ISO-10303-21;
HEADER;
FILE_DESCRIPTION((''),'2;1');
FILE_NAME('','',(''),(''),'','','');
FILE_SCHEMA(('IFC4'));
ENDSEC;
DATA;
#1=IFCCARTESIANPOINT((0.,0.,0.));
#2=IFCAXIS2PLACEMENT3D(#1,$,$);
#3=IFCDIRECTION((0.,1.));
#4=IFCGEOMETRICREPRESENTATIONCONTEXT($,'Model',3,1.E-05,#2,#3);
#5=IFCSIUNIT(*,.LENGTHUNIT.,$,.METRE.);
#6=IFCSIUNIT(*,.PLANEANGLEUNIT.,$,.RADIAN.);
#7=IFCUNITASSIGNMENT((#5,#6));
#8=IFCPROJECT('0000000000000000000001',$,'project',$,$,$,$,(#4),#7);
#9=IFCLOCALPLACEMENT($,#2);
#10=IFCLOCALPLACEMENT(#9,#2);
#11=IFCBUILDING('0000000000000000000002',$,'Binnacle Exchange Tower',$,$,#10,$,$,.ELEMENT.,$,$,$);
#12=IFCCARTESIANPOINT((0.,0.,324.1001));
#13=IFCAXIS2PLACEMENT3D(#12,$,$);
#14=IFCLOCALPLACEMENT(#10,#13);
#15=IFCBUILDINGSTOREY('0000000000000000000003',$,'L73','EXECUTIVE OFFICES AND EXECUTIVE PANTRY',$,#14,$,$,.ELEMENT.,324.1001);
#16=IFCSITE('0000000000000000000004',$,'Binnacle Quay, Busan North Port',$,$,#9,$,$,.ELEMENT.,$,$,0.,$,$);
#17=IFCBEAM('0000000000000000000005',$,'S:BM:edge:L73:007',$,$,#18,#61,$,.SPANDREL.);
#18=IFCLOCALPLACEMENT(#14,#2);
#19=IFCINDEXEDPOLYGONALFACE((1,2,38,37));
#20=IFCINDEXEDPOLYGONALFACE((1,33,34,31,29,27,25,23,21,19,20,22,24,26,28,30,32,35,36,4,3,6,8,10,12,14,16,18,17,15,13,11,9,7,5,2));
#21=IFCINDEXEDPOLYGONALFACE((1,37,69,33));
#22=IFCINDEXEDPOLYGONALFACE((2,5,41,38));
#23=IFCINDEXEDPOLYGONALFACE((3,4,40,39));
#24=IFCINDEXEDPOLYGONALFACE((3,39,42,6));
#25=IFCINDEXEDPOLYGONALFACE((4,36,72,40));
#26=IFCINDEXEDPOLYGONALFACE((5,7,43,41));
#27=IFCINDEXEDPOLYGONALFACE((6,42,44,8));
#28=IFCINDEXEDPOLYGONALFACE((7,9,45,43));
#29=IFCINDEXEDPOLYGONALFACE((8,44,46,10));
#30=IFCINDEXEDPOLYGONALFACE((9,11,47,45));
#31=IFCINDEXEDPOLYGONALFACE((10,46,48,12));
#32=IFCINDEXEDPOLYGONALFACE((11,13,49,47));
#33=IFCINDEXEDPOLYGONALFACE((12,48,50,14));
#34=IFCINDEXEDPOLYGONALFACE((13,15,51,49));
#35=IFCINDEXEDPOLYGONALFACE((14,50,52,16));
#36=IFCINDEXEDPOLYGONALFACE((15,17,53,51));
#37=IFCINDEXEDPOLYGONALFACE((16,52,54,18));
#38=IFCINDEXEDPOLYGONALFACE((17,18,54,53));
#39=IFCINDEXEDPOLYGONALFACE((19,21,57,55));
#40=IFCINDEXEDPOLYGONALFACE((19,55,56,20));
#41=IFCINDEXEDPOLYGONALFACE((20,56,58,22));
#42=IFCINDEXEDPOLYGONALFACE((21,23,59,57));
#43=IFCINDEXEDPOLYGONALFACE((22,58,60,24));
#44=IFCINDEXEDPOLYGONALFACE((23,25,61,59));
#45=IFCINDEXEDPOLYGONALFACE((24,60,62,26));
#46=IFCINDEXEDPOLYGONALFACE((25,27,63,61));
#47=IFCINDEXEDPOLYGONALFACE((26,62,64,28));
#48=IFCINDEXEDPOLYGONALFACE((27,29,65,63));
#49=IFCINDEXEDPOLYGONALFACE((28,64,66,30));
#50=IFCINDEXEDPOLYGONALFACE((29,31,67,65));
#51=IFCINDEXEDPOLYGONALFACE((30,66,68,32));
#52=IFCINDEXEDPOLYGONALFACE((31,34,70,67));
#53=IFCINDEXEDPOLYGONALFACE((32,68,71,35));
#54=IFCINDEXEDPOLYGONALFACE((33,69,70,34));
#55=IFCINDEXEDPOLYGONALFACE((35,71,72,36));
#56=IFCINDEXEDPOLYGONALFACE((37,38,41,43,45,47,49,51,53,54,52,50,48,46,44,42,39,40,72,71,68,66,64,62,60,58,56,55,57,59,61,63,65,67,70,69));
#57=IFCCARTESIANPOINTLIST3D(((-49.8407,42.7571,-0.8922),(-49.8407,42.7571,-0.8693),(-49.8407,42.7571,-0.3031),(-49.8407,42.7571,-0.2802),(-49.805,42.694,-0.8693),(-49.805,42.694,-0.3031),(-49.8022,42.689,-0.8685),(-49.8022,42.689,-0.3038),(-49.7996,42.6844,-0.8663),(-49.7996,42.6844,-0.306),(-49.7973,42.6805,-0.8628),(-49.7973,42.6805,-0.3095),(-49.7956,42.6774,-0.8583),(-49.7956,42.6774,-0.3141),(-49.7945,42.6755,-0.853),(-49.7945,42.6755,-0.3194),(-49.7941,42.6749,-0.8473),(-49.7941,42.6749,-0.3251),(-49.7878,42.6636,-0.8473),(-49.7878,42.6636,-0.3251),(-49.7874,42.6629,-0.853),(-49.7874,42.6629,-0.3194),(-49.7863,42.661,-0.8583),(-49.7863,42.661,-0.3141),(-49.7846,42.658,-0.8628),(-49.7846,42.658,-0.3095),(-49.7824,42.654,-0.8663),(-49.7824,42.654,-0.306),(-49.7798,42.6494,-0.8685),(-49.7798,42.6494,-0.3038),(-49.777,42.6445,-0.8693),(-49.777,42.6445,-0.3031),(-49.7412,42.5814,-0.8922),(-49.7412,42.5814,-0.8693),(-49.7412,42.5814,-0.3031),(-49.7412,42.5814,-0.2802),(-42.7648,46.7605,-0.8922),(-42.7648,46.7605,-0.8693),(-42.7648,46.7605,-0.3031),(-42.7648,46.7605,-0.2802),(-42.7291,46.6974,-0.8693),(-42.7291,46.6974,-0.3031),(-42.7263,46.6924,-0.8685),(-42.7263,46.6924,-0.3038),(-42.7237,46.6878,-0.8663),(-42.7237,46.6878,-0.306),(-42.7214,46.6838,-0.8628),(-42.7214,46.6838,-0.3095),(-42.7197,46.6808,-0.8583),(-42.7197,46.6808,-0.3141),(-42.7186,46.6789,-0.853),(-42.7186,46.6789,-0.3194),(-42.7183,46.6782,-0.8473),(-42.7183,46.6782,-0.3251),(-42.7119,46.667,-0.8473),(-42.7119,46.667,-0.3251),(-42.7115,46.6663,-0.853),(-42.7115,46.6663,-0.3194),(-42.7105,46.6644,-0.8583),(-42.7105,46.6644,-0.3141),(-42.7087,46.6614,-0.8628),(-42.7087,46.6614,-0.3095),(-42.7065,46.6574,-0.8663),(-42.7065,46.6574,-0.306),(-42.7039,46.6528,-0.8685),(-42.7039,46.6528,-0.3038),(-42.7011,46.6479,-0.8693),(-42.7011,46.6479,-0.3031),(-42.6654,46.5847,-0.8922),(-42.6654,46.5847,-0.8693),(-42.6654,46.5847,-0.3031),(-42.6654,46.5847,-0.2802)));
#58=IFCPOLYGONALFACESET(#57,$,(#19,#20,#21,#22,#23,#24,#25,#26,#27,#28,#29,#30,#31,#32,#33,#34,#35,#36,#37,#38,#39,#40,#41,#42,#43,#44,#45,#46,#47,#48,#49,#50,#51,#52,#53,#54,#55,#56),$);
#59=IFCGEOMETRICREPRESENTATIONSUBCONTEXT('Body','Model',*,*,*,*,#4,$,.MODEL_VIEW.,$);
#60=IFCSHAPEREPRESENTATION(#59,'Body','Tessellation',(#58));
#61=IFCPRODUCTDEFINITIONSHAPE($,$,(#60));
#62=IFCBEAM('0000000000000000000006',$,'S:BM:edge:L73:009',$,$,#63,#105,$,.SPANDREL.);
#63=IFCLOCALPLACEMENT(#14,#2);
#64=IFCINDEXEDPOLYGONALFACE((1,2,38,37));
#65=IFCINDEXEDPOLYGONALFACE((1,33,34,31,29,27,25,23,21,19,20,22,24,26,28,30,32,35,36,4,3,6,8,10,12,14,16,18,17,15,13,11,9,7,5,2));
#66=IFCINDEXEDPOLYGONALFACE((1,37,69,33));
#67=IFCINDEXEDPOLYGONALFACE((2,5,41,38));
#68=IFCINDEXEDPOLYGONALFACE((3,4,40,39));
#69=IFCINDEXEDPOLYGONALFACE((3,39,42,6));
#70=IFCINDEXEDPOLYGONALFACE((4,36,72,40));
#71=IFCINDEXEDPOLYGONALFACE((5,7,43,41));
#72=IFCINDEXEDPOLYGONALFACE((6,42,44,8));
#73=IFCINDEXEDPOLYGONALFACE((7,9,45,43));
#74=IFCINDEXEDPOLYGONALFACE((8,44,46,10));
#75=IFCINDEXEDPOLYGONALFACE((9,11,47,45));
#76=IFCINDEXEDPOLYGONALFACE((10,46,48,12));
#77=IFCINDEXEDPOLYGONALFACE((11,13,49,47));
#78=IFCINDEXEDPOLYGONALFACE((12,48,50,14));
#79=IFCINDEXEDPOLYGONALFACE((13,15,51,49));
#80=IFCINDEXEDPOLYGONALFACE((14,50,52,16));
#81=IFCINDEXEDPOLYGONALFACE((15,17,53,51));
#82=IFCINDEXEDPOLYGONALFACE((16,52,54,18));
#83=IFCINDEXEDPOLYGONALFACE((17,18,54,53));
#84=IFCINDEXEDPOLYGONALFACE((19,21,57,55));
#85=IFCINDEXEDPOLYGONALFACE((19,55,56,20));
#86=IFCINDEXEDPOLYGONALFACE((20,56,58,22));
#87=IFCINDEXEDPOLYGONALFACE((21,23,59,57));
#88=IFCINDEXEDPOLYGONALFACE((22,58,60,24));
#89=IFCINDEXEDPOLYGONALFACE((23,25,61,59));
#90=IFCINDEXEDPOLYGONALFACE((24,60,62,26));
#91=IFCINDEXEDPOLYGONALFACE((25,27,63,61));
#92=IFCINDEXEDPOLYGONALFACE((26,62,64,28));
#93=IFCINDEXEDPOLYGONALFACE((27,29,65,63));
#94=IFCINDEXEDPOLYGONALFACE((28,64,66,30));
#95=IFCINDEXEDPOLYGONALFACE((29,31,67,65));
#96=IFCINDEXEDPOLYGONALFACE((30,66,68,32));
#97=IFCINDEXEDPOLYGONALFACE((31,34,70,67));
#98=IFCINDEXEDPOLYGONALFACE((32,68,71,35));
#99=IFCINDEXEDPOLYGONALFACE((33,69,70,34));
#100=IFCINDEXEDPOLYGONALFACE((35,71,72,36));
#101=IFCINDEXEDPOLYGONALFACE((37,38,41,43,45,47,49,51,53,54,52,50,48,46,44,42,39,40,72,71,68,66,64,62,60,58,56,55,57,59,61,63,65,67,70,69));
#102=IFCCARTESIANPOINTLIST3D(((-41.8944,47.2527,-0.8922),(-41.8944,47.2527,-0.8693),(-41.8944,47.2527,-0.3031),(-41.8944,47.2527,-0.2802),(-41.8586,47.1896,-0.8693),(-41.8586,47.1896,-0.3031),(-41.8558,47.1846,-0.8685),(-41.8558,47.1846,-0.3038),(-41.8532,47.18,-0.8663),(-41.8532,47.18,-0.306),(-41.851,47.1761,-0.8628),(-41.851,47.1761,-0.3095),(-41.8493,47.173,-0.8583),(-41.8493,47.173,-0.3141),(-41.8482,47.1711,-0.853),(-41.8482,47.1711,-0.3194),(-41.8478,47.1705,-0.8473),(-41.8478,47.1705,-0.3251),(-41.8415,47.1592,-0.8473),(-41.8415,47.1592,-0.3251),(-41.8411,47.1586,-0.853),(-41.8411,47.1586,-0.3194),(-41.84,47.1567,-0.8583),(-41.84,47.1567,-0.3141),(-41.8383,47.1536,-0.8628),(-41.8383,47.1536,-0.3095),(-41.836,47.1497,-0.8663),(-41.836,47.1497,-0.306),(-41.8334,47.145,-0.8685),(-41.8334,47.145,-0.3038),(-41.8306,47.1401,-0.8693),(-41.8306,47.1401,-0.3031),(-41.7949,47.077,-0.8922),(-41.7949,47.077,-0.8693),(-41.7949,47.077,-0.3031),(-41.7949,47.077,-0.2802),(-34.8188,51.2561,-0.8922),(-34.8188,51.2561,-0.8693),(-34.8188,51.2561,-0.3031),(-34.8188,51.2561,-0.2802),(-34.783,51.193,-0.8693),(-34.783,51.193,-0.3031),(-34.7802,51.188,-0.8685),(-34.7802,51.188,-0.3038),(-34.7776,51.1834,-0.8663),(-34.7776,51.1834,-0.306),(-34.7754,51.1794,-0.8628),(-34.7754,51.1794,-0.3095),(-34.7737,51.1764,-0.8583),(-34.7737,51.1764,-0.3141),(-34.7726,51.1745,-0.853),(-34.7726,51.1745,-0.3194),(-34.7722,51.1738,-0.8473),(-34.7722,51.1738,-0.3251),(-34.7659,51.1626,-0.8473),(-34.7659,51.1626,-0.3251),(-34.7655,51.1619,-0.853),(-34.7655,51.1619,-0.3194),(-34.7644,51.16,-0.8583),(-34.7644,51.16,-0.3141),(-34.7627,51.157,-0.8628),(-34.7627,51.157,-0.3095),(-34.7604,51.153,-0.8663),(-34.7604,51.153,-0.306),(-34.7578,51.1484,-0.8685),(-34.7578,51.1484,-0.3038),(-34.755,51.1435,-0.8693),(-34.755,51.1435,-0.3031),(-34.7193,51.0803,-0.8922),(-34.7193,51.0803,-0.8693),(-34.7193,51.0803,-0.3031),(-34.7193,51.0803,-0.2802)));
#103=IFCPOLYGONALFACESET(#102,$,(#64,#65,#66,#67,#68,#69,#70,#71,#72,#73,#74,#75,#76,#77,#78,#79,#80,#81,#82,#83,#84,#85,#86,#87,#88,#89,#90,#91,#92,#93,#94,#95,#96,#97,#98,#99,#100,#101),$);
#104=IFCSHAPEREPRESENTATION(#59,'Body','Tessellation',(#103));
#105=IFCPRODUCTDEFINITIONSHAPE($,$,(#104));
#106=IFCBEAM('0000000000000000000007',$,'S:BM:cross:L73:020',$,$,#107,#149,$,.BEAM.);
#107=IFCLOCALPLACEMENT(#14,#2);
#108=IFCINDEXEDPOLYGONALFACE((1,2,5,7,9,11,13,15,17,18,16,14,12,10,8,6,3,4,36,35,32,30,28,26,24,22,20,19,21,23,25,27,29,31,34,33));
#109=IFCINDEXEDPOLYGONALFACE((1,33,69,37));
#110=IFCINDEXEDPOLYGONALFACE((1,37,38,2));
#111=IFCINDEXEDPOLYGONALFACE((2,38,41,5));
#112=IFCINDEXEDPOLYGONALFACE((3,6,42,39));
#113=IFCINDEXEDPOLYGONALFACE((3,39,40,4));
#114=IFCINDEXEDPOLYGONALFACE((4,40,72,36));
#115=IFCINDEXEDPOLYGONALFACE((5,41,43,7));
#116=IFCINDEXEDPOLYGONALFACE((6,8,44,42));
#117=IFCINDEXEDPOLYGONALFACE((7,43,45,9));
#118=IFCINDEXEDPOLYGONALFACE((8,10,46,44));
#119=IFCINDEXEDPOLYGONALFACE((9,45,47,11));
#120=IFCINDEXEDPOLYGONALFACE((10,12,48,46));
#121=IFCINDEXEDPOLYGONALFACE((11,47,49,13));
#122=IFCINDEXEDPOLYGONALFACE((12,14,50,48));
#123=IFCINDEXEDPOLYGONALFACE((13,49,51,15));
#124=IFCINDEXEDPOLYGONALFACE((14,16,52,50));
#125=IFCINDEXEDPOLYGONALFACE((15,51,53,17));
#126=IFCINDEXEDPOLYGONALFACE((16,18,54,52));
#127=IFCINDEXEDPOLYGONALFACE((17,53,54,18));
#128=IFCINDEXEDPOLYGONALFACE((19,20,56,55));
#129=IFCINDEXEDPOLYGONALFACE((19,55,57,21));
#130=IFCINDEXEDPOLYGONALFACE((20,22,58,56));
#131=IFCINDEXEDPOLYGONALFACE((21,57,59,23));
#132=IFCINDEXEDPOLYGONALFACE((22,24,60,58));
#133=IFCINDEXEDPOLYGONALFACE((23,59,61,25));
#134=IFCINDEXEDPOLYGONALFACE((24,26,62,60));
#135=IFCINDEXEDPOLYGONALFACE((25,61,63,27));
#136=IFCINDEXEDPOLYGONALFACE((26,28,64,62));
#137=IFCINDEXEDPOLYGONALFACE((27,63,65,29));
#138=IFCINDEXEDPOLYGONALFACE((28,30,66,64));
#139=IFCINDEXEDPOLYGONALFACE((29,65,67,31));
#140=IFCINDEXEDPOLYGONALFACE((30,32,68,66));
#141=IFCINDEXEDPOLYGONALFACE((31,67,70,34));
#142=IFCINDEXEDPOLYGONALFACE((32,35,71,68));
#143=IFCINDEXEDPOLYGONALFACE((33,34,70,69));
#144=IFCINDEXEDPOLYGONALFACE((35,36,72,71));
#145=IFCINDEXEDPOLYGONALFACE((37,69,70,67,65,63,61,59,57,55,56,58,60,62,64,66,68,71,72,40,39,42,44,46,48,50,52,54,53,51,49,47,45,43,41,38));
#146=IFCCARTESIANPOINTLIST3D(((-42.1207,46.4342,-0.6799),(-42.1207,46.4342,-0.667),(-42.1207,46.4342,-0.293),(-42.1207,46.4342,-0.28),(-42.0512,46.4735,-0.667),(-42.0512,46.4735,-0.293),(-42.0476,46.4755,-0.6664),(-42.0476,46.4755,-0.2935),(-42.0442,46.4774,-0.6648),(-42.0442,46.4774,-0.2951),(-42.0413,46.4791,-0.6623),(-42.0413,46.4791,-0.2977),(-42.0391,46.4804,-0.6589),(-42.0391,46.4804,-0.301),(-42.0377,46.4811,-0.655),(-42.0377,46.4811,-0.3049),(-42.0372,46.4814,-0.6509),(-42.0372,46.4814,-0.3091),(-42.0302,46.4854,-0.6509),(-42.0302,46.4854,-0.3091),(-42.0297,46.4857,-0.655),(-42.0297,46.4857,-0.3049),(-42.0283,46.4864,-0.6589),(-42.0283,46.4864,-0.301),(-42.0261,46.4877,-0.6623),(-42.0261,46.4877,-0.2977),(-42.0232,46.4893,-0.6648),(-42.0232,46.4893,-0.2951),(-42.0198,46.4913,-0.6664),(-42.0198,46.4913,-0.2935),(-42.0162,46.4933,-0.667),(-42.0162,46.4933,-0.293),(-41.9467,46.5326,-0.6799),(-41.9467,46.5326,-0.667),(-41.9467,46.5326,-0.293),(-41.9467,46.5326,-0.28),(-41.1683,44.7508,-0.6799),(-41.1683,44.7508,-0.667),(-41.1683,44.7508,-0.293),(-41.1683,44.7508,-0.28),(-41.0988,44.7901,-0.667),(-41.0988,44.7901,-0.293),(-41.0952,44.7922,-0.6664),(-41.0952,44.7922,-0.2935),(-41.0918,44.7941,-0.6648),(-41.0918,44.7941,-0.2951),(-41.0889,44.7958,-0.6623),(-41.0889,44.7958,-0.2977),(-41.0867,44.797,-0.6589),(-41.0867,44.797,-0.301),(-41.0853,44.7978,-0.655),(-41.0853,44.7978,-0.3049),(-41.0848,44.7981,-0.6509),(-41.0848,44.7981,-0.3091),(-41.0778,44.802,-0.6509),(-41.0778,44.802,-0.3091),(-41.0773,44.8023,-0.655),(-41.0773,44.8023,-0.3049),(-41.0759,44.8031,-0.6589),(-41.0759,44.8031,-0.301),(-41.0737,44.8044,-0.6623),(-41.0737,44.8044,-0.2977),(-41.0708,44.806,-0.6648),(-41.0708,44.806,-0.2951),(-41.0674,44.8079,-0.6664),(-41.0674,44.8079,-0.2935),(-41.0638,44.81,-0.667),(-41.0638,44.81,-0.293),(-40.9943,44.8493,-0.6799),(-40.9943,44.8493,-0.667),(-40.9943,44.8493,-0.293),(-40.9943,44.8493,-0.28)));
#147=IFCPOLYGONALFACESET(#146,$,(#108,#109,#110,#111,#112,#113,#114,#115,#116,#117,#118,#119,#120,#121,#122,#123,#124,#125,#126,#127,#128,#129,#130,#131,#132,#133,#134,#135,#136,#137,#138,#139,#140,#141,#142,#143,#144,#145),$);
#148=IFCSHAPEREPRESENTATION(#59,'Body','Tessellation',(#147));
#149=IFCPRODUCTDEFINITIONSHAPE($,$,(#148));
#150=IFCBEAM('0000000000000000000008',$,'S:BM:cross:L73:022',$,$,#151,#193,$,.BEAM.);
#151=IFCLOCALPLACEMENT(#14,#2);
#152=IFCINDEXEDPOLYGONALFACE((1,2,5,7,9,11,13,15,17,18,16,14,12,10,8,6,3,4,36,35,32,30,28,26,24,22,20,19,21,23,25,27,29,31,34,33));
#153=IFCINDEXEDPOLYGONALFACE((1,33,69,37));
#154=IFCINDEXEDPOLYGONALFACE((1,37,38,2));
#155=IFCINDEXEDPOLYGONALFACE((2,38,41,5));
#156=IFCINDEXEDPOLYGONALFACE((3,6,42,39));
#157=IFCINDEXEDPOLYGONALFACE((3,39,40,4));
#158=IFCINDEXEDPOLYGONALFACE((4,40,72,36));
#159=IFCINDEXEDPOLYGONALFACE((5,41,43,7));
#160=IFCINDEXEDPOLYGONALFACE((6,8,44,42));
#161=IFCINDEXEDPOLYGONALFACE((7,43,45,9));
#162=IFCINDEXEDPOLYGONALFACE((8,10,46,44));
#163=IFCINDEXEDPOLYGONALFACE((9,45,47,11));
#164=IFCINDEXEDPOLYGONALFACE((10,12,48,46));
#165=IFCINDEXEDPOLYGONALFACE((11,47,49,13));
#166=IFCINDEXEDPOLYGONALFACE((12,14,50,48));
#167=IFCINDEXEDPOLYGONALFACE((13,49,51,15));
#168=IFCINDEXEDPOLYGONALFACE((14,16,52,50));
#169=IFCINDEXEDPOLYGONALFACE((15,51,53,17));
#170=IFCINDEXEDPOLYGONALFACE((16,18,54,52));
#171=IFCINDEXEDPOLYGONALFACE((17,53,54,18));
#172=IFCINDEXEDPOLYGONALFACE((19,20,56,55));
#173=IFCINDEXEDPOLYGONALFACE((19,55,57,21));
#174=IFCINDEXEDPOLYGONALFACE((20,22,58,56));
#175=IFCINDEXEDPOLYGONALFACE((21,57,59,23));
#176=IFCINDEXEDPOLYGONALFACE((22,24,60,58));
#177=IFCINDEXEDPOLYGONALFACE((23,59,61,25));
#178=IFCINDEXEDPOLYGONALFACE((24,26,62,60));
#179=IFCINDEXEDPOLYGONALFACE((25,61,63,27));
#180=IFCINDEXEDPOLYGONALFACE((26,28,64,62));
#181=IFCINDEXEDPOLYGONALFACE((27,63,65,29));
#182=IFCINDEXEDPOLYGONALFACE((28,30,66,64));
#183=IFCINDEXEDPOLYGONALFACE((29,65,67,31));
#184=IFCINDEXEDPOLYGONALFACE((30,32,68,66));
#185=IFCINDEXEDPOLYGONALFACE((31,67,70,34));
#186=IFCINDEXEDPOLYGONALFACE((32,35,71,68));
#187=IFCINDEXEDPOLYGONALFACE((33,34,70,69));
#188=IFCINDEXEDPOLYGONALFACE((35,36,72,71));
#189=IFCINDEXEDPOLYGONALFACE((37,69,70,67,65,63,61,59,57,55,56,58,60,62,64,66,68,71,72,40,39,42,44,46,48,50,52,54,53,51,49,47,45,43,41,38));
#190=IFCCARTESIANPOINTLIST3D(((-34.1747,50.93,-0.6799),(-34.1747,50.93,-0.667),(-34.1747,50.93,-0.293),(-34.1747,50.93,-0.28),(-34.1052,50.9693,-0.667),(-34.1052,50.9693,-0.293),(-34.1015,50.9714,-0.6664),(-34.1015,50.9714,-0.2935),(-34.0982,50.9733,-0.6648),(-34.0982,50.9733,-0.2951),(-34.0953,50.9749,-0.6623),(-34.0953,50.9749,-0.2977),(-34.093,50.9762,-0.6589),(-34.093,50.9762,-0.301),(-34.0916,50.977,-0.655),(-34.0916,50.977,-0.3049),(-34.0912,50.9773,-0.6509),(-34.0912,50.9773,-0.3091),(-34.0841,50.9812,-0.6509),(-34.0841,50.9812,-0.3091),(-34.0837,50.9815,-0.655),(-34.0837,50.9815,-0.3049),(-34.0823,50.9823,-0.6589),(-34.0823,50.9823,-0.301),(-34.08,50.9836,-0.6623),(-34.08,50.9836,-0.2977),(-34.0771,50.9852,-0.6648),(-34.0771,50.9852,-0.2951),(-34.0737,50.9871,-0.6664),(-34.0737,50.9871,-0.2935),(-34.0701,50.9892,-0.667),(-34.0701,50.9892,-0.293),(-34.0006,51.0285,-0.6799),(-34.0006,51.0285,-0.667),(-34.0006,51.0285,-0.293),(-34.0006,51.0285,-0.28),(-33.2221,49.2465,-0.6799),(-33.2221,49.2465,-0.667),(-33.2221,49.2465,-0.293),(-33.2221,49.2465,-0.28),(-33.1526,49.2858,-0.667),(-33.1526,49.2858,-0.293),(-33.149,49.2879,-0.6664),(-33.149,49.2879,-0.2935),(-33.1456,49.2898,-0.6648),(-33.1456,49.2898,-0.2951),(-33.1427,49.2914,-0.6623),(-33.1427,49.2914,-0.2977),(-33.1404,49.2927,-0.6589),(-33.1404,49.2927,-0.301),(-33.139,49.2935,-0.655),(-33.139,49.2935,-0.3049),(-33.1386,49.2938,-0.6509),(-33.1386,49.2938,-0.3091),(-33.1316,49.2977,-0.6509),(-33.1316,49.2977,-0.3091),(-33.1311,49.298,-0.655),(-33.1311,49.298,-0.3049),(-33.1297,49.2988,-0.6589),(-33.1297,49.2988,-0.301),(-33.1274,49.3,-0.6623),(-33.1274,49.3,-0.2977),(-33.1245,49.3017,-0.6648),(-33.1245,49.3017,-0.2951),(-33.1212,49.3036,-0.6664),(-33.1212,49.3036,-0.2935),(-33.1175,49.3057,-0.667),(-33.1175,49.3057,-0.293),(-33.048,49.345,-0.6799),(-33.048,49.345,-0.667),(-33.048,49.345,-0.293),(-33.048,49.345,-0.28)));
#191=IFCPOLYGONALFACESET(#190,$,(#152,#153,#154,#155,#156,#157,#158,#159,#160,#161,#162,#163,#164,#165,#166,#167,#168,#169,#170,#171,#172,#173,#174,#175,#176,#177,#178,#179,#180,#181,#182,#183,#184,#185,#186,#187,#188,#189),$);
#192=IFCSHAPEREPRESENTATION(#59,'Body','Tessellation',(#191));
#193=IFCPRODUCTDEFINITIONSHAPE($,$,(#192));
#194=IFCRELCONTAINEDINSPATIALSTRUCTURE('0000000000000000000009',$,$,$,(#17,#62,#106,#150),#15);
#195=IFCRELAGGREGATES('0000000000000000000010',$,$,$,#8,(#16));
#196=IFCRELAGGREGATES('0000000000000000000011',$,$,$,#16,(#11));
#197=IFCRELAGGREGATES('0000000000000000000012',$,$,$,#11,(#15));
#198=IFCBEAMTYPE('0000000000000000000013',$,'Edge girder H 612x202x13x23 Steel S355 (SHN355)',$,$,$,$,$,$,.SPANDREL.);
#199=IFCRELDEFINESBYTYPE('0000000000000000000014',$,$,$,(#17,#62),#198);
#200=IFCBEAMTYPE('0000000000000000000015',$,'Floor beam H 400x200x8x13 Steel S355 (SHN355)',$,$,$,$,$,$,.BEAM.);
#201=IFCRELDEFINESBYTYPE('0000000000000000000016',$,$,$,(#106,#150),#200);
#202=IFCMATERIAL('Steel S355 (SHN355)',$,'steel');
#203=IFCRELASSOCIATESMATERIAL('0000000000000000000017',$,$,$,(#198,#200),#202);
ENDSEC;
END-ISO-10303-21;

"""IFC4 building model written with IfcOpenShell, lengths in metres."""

from ifc_helpers import new_model, si_unit, direction, frame, origin, origin_2d, place, context, subcontext, project, spatial, i_section, extrude, material, material_profile, profile_set, type_object, element, save


model = new_model("IFC4")

# Units and contexts
model_context = context("Model", 3, precision=1e-05, world=origin(), true_north=direction((0.0, 1.0)))
body_context = subcontext(model_context, "Body", "Model", "MODEL_VIEW")
ifc_project = project(units=[si_unit("LENGTHUNIT", "METRE"), si_unit("PLANEANGLEUNIT", "RADIAN")], contexts=[model_context])

# Site, building, storey
site_placement = place(None, origin())
site = spatial("IfcSite", under=ifc_project, at=site_placement, Name="Binnacle Quay, Busan North Port", CompositionType="ELEMENT", RefElevation=0.0)
building_placement = place(site_placement, origin())
building = spatial("IfcBuilding", under=site, at=building_placement, Name="Binnacle Exchange Tower", CompositionType="ELEMENT")
storey_placement = place(building_placement, frame((0.0, 0.0, 324.1001)))
storey = spatial("IfcBuildingStorey", under=building, at=storey_placement, Name="L73", Description="EXECUTIVE OFFICES AND EXECUTIVE PANTRY", CompositionType="ELEMENT", Elevation=324.1001)

# Beams
ifc_material_1 = material(Name="Steel S355 (SHN355)", Category="steel")
ifc_material_profile_1 = material_profile(ifc_material_1, i_section(OverallWidth=0.2019, OverallDepth=0.6121, WebThickness=0.0129, FlangeThickness=0.0229, FilletRadius=0.022, at=origin_2d()), Name="H 612x202x13x23")
ifc_profile_set_1 = profile_set([ifc_material_profile_1], Name="Steel S355 (SHN355)")
beam_type_1 = type_object("IfcBeamType", Name="Edge girder H 612x202x13x23 Steel S355 (SHN355)", PredefinedType="SPANDREL", material=ifc_profile_set_1)
beam_1_placement = place(storey_placement, frame((-42.7151, 46.6726, -0.5862), z_axis=(-0.870353, -0.492428, 0.0), x_axis=(0.492428, -0.870353, 0.0)))
element("IfcBeam", 1, at=beam_1_placement, inside=storey, type_object=beam_type_1, Name="S:BM:edge:L73:007", PredefinedType="SPANDREL", context=body_context, shape_type="SweptSolid", body=[
    extrude(i_section(OverallWidth=0.2019, OverallDepth=0.6121, WebThickness=0.0129, FlangeThickness=0.0229, FilletRadius=0.022, at=origin_2d()), origin(), (0.0, 0.0, 1.0), 8.1299),
])
beam_2_placement = place(storey_placement, frame((-34.769, 51.1682, -0.5862), z_axis=(-0.870346, -0.492441, 0.0), x_axis=(0.492441, -0.870346, 0.0)))
element("IfcBeam", 2, at=beam_2_placement, inside=storey, type_object=beam_type_1, Name="S:BM:edge:L73:009", PredefinedType="SPANDREL", context=body_context, shape_type="SweptSolid", body=[
    extrude(i_section(OverallWidth=0.2019, OverallDepth=0.6121, WebThickness=0.0129, FlangeThickness=0.0229, FilletRadius=0.022, at=origin_2d()), origin(), (0.0, 0.0, 1.0), 8.1296),
])
ifc_material_profile_2 = material_profile(ifc_material_1, i_section(OverallWidth=0.2, OverallDepth=0.3999, WebThickness=0.0081, FlangeThickness=0.0129, FilletRadius=0.0161, at=origin_2d()), Name="H 400x200x8x13")
ifc_profile_set_2 = profile_set([ifc_material_profile_2], Name="Steel S355 (SHN355)")
beam_type_2 = type_object("IfcBeamType", Name="Floor beam H 400x200x8x13 Steel S355 (SHN355)", PredefinedType="BEAM", material=ifc_profile_set_2)
beam_3_placement = place(storey_placement, frame((-42.0337, 46.4834, -0.48), z_axis=(0.492423, -0.870356, 0.0), x_axis=(0.870356, 0.492423, 0.0)))
element("IfcBeam", 3, at=beam_3_placement, inside=storey, type_object=beam_type_2, Name="S:BM:cross:L73:020", PredefinedType="BEAM", context=body_context, shape_type="SweptSolid", body=[
    extrude(i_section(OverallWidth=0.2, OverallDepth=0.3999, WebThickness=0.0081, FlangeThickness=0.0129, FilletRadius=0.0161, at=origin_2d()), origin(), (0.0, 0.0, 1.0), 1.9341),
])
beam_4_placement = place(storey_placement, frame((-34.0876, 50.9792, -0.48), z_axis=(0.492465, -0.870332, 0.0), x_axis=(0.870332, 0.492465, 0.0)))
element("IfcBeam", 4, at=beam_4_placement, inside=storey, type_object=beam_type_2, Name="S:BM:cross:L73:022", PredefinedType="BEAM", context=body_context, shape_type="SweptSolid", body=[
    extrude(i_section(OverallWidth=0.2, OverallDepth=0.3999, WebThickness=0.0081, FlangeThickness=0.0129, FilletRadius=0.0161, at=origin_2d()), origin(), (0.0, 0.0, 1.0), 1.9343),
])

save(model, "model.ifc")
